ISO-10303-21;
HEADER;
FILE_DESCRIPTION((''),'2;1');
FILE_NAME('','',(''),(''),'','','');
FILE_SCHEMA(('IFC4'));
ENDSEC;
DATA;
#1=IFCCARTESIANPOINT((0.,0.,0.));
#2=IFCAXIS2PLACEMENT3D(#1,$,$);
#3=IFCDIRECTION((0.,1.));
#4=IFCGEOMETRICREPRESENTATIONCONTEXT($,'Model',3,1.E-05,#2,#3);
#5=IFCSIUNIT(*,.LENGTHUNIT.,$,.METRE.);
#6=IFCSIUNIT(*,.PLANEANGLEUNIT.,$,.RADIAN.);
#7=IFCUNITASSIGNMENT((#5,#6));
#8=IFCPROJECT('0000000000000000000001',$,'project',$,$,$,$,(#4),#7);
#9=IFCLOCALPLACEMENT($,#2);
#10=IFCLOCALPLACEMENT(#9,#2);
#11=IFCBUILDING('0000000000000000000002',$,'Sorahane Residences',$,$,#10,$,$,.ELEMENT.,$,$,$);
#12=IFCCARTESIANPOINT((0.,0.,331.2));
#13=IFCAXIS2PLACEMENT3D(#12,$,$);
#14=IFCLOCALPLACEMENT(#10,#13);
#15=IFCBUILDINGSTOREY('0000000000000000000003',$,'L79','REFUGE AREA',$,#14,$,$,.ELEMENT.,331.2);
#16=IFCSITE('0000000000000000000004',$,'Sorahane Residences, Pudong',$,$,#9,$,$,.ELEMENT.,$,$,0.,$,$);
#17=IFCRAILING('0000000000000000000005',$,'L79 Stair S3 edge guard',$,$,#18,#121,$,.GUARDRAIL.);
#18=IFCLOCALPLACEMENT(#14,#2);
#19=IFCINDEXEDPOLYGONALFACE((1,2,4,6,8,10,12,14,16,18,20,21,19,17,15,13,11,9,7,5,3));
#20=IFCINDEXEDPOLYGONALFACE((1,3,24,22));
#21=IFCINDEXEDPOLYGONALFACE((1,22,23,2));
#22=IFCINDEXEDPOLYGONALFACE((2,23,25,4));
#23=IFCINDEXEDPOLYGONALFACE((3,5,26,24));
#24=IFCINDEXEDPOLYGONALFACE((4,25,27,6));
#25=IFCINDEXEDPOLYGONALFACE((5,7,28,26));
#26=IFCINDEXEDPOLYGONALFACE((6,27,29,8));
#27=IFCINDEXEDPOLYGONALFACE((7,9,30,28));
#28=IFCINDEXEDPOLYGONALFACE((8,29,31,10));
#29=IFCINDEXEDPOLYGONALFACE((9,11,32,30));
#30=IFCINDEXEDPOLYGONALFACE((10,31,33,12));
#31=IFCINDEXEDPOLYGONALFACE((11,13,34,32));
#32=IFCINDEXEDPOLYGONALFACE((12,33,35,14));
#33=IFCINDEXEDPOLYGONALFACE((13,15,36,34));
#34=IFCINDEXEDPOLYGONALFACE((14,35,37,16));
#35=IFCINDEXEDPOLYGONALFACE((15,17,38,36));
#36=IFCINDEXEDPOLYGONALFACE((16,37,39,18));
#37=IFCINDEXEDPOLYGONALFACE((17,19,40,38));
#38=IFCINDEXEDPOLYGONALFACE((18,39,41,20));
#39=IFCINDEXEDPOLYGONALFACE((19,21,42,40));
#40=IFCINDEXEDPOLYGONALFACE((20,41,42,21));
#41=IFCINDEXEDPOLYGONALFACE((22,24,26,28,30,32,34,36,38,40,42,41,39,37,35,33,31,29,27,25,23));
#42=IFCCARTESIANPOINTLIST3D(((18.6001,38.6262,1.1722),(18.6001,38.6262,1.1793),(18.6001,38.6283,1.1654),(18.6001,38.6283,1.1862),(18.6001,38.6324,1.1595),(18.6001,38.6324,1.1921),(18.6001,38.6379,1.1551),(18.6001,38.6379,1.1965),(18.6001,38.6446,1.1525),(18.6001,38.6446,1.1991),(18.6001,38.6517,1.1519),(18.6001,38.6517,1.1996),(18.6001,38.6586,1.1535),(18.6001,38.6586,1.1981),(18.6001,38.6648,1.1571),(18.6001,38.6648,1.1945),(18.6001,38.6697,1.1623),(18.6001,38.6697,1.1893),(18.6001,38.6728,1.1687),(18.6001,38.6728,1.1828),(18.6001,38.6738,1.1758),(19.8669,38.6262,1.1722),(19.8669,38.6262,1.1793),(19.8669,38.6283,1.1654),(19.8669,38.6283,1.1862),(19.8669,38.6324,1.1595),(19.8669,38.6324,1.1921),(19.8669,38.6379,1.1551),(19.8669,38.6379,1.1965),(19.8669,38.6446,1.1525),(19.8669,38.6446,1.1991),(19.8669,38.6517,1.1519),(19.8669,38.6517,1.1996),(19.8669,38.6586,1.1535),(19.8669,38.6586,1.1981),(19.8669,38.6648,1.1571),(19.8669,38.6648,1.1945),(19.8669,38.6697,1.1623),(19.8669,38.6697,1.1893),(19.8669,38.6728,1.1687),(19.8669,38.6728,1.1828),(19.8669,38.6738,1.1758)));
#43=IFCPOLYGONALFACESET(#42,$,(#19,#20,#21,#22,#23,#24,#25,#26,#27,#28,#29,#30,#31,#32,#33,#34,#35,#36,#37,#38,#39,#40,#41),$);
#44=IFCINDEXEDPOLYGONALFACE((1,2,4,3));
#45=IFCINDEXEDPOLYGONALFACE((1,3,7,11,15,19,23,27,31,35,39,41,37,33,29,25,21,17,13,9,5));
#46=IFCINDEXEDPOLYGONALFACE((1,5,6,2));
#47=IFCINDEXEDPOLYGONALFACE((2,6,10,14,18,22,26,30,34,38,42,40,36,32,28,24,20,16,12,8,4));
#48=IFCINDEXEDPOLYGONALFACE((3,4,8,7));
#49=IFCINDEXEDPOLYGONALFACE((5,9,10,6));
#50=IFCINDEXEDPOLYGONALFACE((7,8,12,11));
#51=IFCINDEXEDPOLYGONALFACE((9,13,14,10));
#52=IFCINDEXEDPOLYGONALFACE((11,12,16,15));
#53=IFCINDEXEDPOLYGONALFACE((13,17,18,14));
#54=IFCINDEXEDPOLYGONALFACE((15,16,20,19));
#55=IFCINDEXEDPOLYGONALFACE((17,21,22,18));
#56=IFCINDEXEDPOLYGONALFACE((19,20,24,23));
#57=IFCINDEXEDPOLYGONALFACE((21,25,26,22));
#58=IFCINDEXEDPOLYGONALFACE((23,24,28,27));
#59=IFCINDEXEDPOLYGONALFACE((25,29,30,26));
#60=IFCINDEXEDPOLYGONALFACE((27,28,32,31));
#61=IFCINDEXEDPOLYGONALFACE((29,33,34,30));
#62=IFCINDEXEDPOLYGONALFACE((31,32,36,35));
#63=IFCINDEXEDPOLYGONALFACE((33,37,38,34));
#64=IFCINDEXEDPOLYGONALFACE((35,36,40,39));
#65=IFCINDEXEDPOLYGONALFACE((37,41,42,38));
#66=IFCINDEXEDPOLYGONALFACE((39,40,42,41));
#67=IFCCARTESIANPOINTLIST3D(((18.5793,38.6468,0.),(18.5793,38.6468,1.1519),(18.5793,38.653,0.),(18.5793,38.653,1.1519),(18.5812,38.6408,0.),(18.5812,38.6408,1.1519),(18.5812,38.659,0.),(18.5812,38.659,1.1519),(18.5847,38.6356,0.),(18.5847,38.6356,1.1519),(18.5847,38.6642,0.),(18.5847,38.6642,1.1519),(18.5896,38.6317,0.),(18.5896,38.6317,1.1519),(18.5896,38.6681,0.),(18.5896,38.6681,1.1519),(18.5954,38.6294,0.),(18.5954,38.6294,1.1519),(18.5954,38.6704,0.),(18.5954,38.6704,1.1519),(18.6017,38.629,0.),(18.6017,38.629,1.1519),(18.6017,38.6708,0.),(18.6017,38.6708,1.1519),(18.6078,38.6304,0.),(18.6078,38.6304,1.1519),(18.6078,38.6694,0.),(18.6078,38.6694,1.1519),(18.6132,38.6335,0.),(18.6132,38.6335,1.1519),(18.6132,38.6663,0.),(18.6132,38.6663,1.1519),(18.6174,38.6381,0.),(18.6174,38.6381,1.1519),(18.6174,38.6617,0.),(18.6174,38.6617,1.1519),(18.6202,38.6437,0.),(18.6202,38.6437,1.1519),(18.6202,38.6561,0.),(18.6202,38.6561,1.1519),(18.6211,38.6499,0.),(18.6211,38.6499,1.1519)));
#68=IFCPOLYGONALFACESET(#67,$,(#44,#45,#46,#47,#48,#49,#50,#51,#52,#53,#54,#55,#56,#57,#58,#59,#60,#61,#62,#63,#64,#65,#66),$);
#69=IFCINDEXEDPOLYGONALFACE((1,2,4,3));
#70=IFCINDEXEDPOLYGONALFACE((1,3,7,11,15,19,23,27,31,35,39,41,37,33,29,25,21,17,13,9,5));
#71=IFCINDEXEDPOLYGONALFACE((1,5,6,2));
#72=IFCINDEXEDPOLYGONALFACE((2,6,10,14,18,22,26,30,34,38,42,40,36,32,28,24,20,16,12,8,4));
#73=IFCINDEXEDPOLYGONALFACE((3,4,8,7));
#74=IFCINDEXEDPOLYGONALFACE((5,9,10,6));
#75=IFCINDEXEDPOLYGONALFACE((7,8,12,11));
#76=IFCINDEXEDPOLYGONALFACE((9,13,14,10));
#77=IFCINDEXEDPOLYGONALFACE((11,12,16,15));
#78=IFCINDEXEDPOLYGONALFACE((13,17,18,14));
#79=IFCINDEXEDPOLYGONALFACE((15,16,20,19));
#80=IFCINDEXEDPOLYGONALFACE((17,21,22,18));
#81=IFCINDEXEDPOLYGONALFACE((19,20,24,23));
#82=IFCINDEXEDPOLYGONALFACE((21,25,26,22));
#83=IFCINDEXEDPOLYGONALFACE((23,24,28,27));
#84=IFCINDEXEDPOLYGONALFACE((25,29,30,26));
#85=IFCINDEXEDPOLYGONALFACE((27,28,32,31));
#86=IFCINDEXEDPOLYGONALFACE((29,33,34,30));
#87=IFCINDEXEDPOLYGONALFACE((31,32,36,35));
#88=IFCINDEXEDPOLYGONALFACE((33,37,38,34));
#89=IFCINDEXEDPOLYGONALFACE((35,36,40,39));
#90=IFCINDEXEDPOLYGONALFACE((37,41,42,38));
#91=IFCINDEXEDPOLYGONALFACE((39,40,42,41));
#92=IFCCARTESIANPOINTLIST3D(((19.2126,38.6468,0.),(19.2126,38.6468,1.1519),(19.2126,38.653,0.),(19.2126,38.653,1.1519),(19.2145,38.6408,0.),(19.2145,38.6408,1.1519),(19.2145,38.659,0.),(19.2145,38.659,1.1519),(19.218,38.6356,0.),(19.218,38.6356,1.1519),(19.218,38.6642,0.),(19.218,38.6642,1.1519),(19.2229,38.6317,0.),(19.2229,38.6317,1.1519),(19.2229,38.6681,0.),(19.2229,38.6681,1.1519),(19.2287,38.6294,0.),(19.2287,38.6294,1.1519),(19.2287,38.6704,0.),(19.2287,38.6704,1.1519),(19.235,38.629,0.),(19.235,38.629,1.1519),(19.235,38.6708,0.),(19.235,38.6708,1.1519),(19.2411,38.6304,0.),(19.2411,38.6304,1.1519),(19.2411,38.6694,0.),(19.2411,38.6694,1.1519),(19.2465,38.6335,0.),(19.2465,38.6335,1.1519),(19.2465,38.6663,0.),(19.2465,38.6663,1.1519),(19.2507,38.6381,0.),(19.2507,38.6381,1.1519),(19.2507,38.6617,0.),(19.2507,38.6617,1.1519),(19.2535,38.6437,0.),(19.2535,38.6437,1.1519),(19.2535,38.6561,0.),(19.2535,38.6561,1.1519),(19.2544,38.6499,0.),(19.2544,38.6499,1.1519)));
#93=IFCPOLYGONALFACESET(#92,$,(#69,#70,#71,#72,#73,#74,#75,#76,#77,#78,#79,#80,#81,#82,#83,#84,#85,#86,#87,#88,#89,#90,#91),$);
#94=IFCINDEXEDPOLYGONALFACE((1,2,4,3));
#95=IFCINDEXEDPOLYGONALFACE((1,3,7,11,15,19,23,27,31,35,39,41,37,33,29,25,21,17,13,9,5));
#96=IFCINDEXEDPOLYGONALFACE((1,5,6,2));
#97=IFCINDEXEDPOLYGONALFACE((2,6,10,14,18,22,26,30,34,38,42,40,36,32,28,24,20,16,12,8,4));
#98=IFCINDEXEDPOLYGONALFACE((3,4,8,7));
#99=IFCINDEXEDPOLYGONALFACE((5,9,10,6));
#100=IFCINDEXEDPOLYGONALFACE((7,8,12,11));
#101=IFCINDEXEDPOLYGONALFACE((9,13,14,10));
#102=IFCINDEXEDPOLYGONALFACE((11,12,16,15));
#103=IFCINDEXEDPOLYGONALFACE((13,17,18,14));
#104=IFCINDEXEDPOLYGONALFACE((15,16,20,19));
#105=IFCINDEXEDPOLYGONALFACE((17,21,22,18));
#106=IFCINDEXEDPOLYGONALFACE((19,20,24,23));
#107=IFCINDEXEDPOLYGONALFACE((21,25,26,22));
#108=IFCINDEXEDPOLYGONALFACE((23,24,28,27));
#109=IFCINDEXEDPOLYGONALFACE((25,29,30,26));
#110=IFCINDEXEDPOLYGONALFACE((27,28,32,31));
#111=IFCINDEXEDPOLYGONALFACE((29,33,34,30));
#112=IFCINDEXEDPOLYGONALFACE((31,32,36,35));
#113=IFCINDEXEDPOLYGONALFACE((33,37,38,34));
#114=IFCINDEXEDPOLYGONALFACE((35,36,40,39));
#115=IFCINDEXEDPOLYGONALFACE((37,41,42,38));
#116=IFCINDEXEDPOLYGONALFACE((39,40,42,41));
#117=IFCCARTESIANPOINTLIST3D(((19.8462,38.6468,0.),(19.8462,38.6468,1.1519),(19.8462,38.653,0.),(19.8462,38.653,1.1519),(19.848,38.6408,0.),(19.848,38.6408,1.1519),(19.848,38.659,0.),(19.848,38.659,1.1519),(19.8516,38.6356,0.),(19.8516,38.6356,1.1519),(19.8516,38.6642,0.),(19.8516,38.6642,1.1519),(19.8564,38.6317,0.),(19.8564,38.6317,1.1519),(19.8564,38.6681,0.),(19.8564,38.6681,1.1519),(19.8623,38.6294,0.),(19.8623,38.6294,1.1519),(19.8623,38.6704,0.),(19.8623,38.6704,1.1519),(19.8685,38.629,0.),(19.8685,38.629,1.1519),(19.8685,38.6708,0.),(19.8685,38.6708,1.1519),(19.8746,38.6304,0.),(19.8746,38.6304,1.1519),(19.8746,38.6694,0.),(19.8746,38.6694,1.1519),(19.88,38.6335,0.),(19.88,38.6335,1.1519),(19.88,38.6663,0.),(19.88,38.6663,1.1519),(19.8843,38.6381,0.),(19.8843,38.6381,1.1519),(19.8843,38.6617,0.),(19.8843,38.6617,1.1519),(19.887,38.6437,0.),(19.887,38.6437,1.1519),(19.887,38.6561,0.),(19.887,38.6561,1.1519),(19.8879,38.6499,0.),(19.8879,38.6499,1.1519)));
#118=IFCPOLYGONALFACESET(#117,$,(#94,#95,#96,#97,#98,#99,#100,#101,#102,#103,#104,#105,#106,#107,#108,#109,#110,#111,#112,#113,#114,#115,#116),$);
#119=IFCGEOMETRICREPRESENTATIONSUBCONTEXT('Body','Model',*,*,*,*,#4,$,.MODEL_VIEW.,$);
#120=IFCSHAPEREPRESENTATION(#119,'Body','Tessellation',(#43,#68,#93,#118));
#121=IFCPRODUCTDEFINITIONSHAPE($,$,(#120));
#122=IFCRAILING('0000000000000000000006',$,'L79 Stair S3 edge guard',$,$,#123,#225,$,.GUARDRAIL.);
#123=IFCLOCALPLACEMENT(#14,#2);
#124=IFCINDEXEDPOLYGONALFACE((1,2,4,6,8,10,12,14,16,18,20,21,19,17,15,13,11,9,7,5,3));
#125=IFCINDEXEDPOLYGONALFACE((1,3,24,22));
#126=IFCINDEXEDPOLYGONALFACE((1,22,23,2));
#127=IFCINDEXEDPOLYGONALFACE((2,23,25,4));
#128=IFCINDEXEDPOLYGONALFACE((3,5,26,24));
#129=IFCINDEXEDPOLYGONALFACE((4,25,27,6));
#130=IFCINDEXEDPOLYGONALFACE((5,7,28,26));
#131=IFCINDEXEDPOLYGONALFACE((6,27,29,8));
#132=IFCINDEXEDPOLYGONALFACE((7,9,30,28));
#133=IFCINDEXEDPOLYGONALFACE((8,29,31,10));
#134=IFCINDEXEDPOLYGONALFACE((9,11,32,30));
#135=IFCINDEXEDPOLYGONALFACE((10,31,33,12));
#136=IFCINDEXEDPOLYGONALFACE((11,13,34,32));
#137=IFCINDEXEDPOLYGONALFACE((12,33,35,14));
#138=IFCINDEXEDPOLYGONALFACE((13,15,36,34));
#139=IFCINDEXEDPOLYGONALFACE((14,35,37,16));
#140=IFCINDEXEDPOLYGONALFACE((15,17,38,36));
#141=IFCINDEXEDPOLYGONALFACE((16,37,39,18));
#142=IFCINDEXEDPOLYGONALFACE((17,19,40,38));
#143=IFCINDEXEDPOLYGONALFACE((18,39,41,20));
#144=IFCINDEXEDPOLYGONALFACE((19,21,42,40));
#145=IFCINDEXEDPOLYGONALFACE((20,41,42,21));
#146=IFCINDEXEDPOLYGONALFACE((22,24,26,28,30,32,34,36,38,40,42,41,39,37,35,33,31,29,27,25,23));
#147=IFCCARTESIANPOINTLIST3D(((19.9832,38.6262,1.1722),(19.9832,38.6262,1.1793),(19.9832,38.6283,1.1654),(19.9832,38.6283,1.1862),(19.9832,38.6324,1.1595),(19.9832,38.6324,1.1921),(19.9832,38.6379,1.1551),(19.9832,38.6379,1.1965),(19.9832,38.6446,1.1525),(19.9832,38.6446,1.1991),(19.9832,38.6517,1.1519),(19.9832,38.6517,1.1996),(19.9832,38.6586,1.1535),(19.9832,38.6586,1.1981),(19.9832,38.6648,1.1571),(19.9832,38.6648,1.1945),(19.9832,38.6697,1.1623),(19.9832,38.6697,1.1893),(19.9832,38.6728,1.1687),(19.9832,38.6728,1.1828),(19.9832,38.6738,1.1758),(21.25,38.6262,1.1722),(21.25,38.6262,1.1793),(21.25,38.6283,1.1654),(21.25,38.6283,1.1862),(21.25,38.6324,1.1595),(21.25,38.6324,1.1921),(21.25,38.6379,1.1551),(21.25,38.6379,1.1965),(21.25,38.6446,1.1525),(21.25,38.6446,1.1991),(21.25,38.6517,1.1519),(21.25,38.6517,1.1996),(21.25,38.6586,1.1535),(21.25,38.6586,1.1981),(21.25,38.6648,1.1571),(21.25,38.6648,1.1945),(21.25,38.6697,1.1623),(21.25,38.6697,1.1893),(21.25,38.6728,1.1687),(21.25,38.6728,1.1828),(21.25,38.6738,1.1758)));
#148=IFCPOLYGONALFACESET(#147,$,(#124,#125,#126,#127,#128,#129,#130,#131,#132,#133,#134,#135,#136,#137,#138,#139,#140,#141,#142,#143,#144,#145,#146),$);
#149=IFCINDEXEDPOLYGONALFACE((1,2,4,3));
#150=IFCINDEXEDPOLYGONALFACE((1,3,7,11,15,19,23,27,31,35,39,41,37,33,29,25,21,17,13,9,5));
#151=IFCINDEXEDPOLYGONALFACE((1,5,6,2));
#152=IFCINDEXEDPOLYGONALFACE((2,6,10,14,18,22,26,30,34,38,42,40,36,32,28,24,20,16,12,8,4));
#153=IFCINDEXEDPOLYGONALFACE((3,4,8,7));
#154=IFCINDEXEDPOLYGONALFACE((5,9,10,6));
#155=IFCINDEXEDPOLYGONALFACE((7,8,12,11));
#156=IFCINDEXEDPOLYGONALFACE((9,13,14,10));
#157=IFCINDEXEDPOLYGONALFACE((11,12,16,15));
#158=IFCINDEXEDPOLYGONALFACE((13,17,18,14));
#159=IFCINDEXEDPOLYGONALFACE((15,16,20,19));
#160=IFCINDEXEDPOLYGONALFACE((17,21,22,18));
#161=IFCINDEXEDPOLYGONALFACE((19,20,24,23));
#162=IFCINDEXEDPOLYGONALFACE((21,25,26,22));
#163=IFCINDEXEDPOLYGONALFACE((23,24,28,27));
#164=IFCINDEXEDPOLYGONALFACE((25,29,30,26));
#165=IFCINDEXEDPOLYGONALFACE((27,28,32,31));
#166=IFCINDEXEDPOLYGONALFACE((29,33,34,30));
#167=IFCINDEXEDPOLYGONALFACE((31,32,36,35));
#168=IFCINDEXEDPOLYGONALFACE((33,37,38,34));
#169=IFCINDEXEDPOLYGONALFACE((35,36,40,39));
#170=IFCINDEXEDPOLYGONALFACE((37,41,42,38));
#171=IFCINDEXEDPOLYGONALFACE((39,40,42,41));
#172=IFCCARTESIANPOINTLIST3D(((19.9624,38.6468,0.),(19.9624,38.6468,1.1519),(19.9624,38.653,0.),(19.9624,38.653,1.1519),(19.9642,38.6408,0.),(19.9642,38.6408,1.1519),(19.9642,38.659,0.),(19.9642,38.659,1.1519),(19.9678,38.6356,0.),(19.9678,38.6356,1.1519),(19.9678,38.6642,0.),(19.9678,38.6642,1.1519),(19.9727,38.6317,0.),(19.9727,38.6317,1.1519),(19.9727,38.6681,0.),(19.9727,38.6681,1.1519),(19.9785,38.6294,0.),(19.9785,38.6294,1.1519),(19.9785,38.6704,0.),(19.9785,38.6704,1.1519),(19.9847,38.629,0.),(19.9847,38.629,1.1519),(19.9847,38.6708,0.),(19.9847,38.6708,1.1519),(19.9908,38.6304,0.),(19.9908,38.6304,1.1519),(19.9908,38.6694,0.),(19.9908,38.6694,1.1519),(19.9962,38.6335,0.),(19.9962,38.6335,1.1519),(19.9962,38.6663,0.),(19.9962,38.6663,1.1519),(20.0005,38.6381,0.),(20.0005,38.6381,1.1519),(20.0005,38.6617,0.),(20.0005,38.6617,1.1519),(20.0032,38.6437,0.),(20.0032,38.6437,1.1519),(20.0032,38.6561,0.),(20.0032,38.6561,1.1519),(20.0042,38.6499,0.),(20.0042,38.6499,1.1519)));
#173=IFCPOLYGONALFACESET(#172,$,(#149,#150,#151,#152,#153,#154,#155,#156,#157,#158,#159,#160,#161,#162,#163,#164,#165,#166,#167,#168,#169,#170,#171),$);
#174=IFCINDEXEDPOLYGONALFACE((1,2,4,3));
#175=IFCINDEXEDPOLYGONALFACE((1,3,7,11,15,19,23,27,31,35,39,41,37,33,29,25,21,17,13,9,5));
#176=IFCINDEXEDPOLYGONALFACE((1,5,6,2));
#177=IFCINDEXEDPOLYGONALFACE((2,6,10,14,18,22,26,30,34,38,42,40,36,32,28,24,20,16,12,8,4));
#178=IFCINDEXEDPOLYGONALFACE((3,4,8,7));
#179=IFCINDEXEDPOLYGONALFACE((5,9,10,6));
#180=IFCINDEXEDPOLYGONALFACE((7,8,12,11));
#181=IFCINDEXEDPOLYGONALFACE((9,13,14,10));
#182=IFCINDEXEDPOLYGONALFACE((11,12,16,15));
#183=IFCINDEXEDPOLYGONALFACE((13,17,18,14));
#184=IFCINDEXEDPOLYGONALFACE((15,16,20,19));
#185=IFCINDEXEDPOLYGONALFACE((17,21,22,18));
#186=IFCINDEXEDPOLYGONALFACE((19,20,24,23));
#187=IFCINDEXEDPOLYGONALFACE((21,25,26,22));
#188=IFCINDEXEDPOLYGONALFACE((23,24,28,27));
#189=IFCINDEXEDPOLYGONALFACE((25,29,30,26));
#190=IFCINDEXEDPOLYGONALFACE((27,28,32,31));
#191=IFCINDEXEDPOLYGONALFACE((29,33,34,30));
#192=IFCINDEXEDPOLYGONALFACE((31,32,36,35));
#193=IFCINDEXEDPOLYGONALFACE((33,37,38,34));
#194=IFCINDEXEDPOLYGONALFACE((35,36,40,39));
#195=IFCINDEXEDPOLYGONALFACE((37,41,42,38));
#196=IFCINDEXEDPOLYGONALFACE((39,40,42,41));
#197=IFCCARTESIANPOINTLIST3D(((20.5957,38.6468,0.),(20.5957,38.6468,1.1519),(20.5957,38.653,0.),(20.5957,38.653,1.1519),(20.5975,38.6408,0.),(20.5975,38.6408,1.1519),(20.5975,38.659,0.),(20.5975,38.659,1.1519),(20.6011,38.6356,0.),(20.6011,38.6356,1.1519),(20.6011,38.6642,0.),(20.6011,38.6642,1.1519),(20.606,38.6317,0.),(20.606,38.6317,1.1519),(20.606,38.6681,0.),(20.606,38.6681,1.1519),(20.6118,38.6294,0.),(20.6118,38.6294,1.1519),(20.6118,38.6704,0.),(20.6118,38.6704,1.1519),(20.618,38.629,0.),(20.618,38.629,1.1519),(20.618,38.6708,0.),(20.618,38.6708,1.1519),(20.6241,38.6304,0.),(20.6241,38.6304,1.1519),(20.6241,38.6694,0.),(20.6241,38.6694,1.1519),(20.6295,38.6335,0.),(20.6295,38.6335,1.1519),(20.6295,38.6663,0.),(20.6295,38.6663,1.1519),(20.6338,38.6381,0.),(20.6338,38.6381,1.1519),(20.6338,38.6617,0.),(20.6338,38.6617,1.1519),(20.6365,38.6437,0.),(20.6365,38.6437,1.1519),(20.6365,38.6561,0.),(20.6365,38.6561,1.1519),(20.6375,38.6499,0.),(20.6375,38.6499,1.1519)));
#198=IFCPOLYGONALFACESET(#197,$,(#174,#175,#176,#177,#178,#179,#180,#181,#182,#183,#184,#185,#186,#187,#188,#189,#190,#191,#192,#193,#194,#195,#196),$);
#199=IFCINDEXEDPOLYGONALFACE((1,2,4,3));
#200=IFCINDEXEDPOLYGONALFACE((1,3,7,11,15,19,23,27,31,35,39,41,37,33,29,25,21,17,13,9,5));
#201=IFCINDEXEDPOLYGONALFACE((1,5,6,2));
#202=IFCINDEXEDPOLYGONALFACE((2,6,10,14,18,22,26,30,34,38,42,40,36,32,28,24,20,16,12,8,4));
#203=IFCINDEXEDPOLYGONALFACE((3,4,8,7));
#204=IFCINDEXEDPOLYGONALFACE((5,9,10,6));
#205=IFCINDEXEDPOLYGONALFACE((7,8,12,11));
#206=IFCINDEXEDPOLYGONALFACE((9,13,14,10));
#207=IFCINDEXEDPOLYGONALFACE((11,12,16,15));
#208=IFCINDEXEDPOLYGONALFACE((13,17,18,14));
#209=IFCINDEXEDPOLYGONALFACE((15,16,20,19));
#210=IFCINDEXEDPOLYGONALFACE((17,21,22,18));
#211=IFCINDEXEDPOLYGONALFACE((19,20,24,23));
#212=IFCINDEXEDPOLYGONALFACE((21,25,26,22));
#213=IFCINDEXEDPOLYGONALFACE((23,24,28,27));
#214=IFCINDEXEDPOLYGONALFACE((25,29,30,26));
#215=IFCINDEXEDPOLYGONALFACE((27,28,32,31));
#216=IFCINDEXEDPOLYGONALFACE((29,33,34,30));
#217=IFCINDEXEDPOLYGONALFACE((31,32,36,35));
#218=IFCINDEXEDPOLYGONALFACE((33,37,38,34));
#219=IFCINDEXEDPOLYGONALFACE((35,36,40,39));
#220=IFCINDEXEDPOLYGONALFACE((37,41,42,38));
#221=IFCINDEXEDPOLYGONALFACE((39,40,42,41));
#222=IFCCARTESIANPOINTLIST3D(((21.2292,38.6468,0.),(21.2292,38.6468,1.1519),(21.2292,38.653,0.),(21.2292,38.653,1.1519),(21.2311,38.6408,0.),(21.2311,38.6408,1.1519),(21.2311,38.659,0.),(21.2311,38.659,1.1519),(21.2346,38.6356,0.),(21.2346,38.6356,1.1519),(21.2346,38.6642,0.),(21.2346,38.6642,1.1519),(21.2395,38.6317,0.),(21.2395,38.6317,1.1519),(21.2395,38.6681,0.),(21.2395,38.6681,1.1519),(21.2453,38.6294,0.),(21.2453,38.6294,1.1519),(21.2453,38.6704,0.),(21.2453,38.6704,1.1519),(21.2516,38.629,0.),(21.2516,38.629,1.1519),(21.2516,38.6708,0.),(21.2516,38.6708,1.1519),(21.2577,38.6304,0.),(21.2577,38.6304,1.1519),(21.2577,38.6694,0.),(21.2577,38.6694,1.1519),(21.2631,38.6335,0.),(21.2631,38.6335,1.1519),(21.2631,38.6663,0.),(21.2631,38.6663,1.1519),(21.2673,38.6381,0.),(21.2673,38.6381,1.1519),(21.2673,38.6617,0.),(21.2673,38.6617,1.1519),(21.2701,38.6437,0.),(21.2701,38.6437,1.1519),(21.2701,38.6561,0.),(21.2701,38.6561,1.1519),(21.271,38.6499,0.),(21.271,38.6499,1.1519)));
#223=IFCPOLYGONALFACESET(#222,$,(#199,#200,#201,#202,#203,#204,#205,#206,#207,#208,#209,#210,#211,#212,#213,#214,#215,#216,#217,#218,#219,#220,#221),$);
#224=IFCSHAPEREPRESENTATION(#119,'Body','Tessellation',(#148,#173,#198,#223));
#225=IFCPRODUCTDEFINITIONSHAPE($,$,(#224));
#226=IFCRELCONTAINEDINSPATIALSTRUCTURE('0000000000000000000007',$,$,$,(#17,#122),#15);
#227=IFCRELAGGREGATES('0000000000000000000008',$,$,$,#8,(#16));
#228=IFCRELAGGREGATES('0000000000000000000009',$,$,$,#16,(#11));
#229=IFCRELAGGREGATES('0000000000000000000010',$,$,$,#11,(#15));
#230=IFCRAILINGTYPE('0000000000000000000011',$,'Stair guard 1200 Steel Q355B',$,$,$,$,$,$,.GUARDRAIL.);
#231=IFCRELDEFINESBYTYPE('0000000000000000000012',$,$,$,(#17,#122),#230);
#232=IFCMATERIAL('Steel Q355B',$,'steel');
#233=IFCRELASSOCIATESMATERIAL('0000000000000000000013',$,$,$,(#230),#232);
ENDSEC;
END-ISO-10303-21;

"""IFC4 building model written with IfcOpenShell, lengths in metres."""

from ifc_helpers import new_model, si_unit, direction, frame, origin, origin_2d, place, context, subcontext, project, spatial, circle, extrude, material, type_object, element, save


model = new_model("IFC4")

# Units and contexts
model_context = context("Model", 3, precision=1e-05, world=origin(), true_north=direction((0.0, 1.0)))
body_context = subcontext(model_context, "Body", "Model", "MODEL_VIEW")
ifc_project = project(units=[si_unit("LENGTHUNIT", "METRE"), si_unit("PLANEANGLEUNIT", "RADIAN")], contexts=[model_context])

# Site, building, storey
site_placement = place(None, origin())
site = spatial("IfcSite", under=ifc_project, at=site_placement, Name="Sorahane Residences, Pudong", CompositionType="ELEMENT", RefElevation=0.0)
building_placement = place(site_placement, origin())
building = spatial("IfcBuilding", under=site, at=building_placement, Name="Sorahane Residences", CompositionType="ELEMENT")
storey_placement = place(building_placement, frame((0.0, 0.0, 331.2)))
storey = spatial("IfcBuildingStorey", under=building, at=storey_placement, Name="L79", Description="REFUGE AREA", CompositionType="ELEMENT", Elevation=331.2)

# Railings
ifc_material_1 = material(Name="Steel Q355B", Category="steel")
railing_type_1 = type_object("IfcRailingType", Name="Stair guard 1200 Steel Q355B", PredefinedType="GUARDRAIL", material=ifc_material_1)
for number, where, name in (
    (1, (18.6001, 38.6499, 0.0), "L79 Stair S3 edge guard"),
    (2, (19.9832, 38.6499, 0.0), "L79 Stair S3 edge guard"),
):
    element("IfcRailing", number, at=place(storey_placement, frame(where)), inside=storey, type_object=railing_type_1, Name=name, PredefinedType="GUARDRAIL", context=body_context, shape_type="SweptSolid", body=[
        extrude(circle(Radius=0.0239, at=origin_2d()), frame((0.0, 0.0, 1.1758), z_axis=(1.0, 0.0, 0.0), x_axis=(0.0, 1.0, 0.0)), (0.0, 0.0, 1.0), 1.2668),
        extrude(circle(Radius=0.021, at=origin_2d()), origin(), (0.0, 0.0, 1.0), 1.1519),
        extrude(circle(Radius=0.021, at=origin_2d()), frame((0.6333, 0.0, 0.0)), (0.0, 0.0, 1.0), 1.1519),
        extrude(circle(Radius=0.021, at=origin_2d()), frame((1.2668, 0.0, 0.0)), (0.0, 0.0, 1.0), 1.1519),
    ])

save(model, "model.ifc")
